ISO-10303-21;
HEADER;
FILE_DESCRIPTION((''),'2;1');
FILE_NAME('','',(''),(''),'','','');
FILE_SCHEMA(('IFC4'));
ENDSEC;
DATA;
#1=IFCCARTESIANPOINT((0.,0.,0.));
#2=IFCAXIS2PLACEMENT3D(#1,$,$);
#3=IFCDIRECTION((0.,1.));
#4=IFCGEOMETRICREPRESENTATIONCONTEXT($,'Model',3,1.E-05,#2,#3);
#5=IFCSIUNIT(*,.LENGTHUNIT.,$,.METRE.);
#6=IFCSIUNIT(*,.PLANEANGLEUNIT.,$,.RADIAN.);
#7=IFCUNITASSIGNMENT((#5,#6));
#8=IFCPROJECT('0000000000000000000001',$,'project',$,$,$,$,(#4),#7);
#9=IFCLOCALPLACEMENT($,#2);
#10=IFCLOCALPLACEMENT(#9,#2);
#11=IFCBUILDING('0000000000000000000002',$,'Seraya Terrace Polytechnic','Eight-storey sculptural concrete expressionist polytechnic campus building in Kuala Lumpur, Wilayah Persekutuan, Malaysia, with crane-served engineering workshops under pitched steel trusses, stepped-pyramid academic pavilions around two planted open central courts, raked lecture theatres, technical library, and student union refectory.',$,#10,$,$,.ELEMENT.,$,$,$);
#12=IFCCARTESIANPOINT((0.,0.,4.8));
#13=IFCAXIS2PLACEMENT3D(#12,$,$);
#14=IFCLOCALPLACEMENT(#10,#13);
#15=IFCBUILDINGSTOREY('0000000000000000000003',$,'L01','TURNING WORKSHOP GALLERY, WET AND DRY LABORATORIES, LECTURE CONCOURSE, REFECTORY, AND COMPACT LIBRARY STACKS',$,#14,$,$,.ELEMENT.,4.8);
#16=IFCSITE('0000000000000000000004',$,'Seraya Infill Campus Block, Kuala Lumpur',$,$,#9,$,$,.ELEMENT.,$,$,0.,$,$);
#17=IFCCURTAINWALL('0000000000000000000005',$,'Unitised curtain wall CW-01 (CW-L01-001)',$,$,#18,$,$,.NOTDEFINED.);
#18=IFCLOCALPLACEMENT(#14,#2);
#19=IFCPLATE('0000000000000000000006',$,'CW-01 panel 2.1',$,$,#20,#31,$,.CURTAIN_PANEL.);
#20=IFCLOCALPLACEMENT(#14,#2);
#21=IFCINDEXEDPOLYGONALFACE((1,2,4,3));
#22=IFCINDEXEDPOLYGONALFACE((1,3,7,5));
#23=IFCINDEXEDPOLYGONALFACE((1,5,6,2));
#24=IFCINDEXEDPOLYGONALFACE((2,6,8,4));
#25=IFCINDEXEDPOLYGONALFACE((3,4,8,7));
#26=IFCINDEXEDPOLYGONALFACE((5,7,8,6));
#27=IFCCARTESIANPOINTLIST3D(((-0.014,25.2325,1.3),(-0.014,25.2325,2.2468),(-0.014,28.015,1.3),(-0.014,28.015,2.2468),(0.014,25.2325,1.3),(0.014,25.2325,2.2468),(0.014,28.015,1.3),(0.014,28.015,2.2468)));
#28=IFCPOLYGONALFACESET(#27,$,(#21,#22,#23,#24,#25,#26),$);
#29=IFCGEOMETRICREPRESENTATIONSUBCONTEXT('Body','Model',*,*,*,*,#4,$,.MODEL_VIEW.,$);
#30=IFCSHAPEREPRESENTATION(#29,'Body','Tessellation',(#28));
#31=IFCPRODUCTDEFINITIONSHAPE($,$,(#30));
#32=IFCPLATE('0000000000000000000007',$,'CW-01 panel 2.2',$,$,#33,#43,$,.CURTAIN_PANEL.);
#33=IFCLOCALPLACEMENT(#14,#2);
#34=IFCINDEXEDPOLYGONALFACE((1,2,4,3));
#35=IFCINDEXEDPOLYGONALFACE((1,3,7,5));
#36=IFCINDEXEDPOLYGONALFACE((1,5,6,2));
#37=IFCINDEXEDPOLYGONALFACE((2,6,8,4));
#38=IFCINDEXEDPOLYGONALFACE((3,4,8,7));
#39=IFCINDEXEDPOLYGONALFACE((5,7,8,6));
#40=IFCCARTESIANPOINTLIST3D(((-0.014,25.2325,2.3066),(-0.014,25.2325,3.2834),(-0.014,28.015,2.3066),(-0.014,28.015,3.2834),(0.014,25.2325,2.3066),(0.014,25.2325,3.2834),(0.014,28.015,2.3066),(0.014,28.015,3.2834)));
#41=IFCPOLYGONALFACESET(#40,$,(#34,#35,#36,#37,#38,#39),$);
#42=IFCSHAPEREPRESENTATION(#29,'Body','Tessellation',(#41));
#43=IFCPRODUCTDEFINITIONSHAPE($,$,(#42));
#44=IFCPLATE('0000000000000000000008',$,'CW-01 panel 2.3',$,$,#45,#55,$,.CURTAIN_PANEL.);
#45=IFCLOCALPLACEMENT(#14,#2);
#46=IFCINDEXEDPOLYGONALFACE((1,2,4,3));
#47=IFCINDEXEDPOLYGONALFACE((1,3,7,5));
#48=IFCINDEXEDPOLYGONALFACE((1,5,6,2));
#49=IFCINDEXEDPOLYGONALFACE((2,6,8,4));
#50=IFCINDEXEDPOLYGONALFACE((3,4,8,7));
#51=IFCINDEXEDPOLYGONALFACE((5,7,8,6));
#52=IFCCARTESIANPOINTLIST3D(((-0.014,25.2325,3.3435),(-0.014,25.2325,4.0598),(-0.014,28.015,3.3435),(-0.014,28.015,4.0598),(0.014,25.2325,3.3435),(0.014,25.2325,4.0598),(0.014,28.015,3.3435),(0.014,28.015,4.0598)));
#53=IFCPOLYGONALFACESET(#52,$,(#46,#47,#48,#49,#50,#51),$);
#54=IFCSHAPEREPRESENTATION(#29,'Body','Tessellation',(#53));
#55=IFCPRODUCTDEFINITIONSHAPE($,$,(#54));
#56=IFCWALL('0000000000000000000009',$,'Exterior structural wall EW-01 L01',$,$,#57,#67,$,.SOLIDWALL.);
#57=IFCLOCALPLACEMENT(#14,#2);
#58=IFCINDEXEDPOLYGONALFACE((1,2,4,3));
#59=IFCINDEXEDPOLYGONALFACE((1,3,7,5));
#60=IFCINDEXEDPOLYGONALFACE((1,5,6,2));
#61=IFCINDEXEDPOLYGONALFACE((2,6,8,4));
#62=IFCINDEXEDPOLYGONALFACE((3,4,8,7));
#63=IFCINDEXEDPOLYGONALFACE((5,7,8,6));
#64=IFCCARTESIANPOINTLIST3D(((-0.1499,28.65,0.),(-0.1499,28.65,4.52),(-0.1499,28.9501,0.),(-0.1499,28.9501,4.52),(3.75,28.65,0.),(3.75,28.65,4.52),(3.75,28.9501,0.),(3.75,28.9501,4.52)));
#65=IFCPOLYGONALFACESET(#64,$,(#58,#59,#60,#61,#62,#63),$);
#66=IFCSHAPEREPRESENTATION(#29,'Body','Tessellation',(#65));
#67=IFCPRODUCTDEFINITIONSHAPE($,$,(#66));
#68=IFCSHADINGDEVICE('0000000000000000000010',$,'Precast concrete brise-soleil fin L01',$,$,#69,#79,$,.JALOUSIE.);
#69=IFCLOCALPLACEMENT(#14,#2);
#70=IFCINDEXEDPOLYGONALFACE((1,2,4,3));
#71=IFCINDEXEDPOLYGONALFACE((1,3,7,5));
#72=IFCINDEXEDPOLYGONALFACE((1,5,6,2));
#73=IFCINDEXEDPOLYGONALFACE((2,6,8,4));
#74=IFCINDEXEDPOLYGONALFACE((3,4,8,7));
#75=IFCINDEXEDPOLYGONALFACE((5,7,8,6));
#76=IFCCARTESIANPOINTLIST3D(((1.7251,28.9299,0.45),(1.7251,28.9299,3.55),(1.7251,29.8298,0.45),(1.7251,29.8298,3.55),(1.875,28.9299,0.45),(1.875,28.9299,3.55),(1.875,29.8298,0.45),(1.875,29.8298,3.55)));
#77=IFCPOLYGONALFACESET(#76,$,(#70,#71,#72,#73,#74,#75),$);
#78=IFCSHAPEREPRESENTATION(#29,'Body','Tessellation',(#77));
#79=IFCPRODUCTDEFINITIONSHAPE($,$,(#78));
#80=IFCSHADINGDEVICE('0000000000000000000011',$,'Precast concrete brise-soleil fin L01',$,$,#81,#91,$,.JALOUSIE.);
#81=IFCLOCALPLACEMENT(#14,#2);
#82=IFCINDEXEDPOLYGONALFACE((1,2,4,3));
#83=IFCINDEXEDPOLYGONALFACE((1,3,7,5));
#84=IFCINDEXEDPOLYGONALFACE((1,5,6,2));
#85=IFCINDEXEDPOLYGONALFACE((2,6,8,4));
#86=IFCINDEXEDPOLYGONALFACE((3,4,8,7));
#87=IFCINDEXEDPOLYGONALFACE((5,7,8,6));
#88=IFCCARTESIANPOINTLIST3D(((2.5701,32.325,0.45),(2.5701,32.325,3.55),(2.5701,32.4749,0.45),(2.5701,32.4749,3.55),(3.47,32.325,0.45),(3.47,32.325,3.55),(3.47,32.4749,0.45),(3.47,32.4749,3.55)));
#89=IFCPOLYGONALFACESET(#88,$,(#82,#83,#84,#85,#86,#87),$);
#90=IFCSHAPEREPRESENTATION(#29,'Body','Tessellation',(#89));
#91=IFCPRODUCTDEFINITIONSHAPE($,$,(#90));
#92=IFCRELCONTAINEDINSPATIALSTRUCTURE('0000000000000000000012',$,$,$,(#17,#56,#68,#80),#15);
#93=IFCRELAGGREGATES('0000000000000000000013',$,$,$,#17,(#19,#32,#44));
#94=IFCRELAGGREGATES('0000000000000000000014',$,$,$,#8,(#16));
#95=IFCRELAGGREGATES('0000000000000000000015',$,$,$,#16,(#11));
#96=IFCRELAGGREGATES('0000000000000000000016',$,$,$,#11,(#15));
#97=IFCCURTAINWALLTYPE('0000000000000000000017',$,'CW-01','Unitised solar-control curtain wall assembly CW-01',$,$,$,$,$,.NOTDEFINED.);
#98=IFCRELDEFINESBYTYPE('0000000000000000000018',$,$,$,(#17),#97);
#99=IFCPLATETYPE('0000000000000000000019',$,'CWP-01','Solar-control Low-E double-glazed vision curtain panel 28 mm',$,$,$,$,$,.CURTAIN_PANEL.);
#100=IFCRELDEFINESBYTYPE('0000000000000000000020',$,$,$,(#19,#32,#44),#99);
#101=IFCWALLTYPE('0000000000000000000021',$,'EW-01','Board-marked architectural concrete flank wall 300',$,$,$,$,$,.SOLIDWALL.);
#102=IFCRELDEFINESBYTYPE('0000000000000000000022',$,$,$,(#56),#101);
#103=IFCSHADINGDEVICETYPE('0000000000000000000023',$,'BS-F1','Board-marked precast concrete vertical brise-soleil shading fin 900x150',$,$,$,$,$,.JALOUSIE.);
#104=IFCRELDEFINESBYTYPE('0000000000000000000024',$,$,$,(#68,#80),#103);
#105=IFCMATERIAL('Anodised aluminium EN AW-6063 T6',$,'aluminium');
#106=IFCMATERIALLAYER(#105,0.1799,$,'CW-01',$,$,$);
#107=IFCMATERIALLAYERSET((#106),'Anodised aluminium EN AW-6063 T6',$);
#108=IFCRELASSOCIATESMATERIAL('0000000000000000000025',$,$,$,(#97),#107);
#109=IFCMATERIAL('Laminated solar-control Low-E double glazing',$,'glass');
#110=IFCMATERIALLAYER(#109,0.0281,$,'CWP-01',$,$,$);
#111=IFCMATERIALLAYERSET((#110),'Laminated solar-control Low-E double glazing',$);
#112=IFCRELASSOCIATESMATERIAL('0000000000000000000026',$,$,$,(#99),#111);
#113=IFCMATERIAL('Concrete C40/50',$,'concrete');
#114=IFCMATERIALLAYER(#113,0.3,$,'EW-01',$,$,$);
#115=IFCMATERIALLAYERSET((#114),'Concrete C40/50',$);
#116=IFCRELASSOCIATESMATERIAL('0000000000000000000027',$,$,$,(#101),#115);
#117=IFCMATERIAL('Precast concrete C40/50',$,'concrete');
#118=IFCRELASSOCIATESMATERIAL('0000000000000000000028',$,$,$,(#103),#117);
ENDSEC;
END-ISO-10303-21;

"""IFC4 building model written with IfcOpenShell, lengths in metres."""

from ifc_helpers import new_model, si_unit, direction, frame, frame_2d, origin, origin_2d, place, context, subcontext, project, spatial, rectangle, extrude, material, layer, layer_set, type_object, element, aggregate, save


model = new_model("IFC4")

# Units and contexts
model_context = context("Model", 3, precision=1e-05, world=origin(), true_north=direction((0.0, 1.0)))
body_context = subcontext(model_context, "Body", "Model", "MODEL_VIEW")
ifc_project = project(units=[si_unit("LENGTHUNIT", "METRE"), si_unit("PLANEANGLEUNIT", "RADIAN")], contexts=[model_context])

# Site, building, storey
site_placement = place(None, origin())
site = spatial("IfcSite", under=ifc_project, at=site_placement, Name="Seraya Infill Campus Block, Kuala Lumpur", CompositionType="ELEMENT", RefElevation=0.0)
building_placement = place(site_placement, origin())
building = spatial("IfcBuilding", under=site, at=building_placement, Name="Seraya Terrace Polytechnic", Description="Eight-storey sculptural concrete expressionist polytechnic campus building in Kuala Lumpur, Wilayah Persekutuan, Malaysia, with crane-served engineering workshops under pitched steel trusses, stepped-pyramid academic pavilions around two planted open central courts, raked lecture theatres, technical library, and student union refectory.", CompositionType="ELEMENT")
storey_placement = place(building_placement, frame((0.0, 0.0, 4.8)))
storey = spatial("IfcBuildingStorey", under=building, at=storey_placement, Name="L01", Description="TURNING WORKSHOP GALLERY, WET AND DRY LABORATORIES, LECTURE CONCOURSE, REFECTORY, AND COMPACT LIBRARY STACKS", CompositionType="ELEMENT", Elevation=4.8)

# Shared definitions
ifc_material_1 = material(Name="Concrete C40/50", Category="concrete")

# Curtain wall, plates
ifc_material_2 = material(Name="Anodised aluminium EN AW-6063 T6", Category="aluminium")
ifc_layer_1 = layer(ifc_material_2, 0.1799, Name="CW-01")
ifc_layer_set_1 = layer_set([ifc_layer_1], Name="Anodised aluminium EN AW-6063 T6")
curtain_wall_type = type_object("IfcCurtainWallType", Name="CW-01", Description="Unitised solar-control curtain wall assembly CW-01", PredefinedType="NOTDEFINED", material=ifc_layer_set_1)
curtain_wall_placement = place(storey_placement, origin())
curtain_wall = element("IfcCurtainWall", 1, at=curtain_wall_placement, inside=storey, type_object=curtain_wall_type, Name="Unitised curtain wall CW-01 (CW-L01-001)", PredefinedType="NOTDEFINED")
ifc_material_3 = material(Name="Laminated solar-control Low-E double glazing", Category="glass")
ifc_layer_2 = layer(ifc_material_3, 0.0281, Name="CWP-01")
ifc_layer_set_2 = layer_set([ifc_layer_2], Name="Laminated solar-control Low-E double glazing")
plate_type = type_object("IfcPlateType", Name="CWP-01", Description="Solar-control Low-E double-glazed vision curtain panel 28 mm", PredefinedType="CURTAIN_PANEL", material=ifc_layer_set_2)
plate_1_placement = place(storey_placement, frame((0.0, 26.6238, 1.3), z_axis=(0.0, 0.0, 1.0), x_axis=(0.0, 1.0, 0.0)))
plate_1 = element("IfcPlate", 2, at=plate_1_placement, type_object=plate_type, Name="CW-01 panel 2.1", PredefinedType="CURTAIN_PANEL", context=body_context, shape_type="SweptSolid", body=[
    extrude(rectangle(XDim=2.7825, YDim=0.0281, at=origin_2d()), origin(), (0.0, 0.0, 1.0), 0.9468),
])
plate_2_placement = place(storey_placement, frame((0.0, 26.6238, 2.3066), z_axis=(0.0, 0.0, 1.0), x_axis=(0.0, 1.0, 0.0)))
plate_2 = element("IfcPlate", 3, at=plate_2_placement, type_object=plate_type, Name="CW-01 panel 2.2", PredefinedType="CURTAIN_PANEL", context=body_context, shape_type="SweptSolid", body=[
    extrude(rectangle(XDim=2.7825, YDim=0.0281, at=origin_2d()), origin(), (0.0, 0.0, 1.0), 0.9768),
])
plate_3_placement = place(storey_placement, frame((0.0, 26.6238, 3.3435), z_axis=(0.0, 0.0, 1.0), x_axis=(0.0, 1.0, 0.0)))
plate_3 = element("IfcPlate", 4, at=plate_3_placement, type_object=plate_type, Name="CW-01 panel 2.3", PredefinedType="CURTAIN_PANEL", context=body_context, shape_type="SweptSolid", body=[
    extrude(rectangle(XDim=2.7825, YDim=0.0281, at=origin_2d()), origin(), (0.0, 0.0, 1.0), 0.7163),
])
aggregate(curtain_wall, [plate_1, plate_2, plate_3])

# Wall
ifc_layer_3 = layer(ifc_material_1, 0.3, Name="EW-01")
ifc_layer_set_3 = layer_set([ifc_layer_3], Name="Concrete C40/50")
wall_type = type_object("IfcWallType", Name="EW-01", Description="Board-marked architectural concrete flank wall 300", PredefinedType="SOLIDWALL", material=ifc_layer_set_3)
wall_placement = place(storey_placement, frame((-0.1499, 28.8, 0.0), z_axis=(0.0, 0.0, 1.0), x_axis=(1.0, 0.0, 0.0)))
element("IfcWall", 5, at=wall_placement, inside=storey, type_object=wall_type, Name="Exterior structural wall EW-01 L01", PredefinedType="SOLIDWALL", context=body_context, shape_type="SweptSolid", body=[
    extrude(rectangle(XDim=3.8999, YDim=0.3, at=frame_2d((1.95, 0.0))), origin(), (0.0, 0.0, 1.0), 4.52),
])

# Shading devices
ifc_material_4 = material(Name="Precast concrete C40/50", Category="concrete")
shading_device_type = type_object("IfcShadingDeviceType", Name="BS-F1", Description="Board-marked precast concrete vertical brise-soleil shading fin 900x150", PredefinedType="JALOUSIE", material=ifc_material_4)
for number, where, z_axis, x_axis, name in (
    (6, (1.8, 29.3799, 0.45), (0.0, 0.0, 1.0), (0.0, 1.0, 0.0), "Precast concrete brise-soleil fin L01"),
    (7, (3.02, 32.3999, 0.45), (0.0, 0.0, 1.0), (-1.0, 0.0, 0.0), "Precast concrete brise-soleil fin L01"),
):
    element("IfcShadingDevice", number, at=place(storey_placement, frame(where, z_axis=z_axis, x_axis=x_axis)), inside=storey, type_object=shading_device_type, Name=name, PredefinedType="JALOUSIE", context=body_context, shape_type="SweptSolid", body=[
        extrude(rectangle(XDim=0.8999, YDim=0.1499, at=origin_2d()), origin(), (0.0, 0.0, 1.0), 3.1001),
    ])

save(model, "model.ifc")
